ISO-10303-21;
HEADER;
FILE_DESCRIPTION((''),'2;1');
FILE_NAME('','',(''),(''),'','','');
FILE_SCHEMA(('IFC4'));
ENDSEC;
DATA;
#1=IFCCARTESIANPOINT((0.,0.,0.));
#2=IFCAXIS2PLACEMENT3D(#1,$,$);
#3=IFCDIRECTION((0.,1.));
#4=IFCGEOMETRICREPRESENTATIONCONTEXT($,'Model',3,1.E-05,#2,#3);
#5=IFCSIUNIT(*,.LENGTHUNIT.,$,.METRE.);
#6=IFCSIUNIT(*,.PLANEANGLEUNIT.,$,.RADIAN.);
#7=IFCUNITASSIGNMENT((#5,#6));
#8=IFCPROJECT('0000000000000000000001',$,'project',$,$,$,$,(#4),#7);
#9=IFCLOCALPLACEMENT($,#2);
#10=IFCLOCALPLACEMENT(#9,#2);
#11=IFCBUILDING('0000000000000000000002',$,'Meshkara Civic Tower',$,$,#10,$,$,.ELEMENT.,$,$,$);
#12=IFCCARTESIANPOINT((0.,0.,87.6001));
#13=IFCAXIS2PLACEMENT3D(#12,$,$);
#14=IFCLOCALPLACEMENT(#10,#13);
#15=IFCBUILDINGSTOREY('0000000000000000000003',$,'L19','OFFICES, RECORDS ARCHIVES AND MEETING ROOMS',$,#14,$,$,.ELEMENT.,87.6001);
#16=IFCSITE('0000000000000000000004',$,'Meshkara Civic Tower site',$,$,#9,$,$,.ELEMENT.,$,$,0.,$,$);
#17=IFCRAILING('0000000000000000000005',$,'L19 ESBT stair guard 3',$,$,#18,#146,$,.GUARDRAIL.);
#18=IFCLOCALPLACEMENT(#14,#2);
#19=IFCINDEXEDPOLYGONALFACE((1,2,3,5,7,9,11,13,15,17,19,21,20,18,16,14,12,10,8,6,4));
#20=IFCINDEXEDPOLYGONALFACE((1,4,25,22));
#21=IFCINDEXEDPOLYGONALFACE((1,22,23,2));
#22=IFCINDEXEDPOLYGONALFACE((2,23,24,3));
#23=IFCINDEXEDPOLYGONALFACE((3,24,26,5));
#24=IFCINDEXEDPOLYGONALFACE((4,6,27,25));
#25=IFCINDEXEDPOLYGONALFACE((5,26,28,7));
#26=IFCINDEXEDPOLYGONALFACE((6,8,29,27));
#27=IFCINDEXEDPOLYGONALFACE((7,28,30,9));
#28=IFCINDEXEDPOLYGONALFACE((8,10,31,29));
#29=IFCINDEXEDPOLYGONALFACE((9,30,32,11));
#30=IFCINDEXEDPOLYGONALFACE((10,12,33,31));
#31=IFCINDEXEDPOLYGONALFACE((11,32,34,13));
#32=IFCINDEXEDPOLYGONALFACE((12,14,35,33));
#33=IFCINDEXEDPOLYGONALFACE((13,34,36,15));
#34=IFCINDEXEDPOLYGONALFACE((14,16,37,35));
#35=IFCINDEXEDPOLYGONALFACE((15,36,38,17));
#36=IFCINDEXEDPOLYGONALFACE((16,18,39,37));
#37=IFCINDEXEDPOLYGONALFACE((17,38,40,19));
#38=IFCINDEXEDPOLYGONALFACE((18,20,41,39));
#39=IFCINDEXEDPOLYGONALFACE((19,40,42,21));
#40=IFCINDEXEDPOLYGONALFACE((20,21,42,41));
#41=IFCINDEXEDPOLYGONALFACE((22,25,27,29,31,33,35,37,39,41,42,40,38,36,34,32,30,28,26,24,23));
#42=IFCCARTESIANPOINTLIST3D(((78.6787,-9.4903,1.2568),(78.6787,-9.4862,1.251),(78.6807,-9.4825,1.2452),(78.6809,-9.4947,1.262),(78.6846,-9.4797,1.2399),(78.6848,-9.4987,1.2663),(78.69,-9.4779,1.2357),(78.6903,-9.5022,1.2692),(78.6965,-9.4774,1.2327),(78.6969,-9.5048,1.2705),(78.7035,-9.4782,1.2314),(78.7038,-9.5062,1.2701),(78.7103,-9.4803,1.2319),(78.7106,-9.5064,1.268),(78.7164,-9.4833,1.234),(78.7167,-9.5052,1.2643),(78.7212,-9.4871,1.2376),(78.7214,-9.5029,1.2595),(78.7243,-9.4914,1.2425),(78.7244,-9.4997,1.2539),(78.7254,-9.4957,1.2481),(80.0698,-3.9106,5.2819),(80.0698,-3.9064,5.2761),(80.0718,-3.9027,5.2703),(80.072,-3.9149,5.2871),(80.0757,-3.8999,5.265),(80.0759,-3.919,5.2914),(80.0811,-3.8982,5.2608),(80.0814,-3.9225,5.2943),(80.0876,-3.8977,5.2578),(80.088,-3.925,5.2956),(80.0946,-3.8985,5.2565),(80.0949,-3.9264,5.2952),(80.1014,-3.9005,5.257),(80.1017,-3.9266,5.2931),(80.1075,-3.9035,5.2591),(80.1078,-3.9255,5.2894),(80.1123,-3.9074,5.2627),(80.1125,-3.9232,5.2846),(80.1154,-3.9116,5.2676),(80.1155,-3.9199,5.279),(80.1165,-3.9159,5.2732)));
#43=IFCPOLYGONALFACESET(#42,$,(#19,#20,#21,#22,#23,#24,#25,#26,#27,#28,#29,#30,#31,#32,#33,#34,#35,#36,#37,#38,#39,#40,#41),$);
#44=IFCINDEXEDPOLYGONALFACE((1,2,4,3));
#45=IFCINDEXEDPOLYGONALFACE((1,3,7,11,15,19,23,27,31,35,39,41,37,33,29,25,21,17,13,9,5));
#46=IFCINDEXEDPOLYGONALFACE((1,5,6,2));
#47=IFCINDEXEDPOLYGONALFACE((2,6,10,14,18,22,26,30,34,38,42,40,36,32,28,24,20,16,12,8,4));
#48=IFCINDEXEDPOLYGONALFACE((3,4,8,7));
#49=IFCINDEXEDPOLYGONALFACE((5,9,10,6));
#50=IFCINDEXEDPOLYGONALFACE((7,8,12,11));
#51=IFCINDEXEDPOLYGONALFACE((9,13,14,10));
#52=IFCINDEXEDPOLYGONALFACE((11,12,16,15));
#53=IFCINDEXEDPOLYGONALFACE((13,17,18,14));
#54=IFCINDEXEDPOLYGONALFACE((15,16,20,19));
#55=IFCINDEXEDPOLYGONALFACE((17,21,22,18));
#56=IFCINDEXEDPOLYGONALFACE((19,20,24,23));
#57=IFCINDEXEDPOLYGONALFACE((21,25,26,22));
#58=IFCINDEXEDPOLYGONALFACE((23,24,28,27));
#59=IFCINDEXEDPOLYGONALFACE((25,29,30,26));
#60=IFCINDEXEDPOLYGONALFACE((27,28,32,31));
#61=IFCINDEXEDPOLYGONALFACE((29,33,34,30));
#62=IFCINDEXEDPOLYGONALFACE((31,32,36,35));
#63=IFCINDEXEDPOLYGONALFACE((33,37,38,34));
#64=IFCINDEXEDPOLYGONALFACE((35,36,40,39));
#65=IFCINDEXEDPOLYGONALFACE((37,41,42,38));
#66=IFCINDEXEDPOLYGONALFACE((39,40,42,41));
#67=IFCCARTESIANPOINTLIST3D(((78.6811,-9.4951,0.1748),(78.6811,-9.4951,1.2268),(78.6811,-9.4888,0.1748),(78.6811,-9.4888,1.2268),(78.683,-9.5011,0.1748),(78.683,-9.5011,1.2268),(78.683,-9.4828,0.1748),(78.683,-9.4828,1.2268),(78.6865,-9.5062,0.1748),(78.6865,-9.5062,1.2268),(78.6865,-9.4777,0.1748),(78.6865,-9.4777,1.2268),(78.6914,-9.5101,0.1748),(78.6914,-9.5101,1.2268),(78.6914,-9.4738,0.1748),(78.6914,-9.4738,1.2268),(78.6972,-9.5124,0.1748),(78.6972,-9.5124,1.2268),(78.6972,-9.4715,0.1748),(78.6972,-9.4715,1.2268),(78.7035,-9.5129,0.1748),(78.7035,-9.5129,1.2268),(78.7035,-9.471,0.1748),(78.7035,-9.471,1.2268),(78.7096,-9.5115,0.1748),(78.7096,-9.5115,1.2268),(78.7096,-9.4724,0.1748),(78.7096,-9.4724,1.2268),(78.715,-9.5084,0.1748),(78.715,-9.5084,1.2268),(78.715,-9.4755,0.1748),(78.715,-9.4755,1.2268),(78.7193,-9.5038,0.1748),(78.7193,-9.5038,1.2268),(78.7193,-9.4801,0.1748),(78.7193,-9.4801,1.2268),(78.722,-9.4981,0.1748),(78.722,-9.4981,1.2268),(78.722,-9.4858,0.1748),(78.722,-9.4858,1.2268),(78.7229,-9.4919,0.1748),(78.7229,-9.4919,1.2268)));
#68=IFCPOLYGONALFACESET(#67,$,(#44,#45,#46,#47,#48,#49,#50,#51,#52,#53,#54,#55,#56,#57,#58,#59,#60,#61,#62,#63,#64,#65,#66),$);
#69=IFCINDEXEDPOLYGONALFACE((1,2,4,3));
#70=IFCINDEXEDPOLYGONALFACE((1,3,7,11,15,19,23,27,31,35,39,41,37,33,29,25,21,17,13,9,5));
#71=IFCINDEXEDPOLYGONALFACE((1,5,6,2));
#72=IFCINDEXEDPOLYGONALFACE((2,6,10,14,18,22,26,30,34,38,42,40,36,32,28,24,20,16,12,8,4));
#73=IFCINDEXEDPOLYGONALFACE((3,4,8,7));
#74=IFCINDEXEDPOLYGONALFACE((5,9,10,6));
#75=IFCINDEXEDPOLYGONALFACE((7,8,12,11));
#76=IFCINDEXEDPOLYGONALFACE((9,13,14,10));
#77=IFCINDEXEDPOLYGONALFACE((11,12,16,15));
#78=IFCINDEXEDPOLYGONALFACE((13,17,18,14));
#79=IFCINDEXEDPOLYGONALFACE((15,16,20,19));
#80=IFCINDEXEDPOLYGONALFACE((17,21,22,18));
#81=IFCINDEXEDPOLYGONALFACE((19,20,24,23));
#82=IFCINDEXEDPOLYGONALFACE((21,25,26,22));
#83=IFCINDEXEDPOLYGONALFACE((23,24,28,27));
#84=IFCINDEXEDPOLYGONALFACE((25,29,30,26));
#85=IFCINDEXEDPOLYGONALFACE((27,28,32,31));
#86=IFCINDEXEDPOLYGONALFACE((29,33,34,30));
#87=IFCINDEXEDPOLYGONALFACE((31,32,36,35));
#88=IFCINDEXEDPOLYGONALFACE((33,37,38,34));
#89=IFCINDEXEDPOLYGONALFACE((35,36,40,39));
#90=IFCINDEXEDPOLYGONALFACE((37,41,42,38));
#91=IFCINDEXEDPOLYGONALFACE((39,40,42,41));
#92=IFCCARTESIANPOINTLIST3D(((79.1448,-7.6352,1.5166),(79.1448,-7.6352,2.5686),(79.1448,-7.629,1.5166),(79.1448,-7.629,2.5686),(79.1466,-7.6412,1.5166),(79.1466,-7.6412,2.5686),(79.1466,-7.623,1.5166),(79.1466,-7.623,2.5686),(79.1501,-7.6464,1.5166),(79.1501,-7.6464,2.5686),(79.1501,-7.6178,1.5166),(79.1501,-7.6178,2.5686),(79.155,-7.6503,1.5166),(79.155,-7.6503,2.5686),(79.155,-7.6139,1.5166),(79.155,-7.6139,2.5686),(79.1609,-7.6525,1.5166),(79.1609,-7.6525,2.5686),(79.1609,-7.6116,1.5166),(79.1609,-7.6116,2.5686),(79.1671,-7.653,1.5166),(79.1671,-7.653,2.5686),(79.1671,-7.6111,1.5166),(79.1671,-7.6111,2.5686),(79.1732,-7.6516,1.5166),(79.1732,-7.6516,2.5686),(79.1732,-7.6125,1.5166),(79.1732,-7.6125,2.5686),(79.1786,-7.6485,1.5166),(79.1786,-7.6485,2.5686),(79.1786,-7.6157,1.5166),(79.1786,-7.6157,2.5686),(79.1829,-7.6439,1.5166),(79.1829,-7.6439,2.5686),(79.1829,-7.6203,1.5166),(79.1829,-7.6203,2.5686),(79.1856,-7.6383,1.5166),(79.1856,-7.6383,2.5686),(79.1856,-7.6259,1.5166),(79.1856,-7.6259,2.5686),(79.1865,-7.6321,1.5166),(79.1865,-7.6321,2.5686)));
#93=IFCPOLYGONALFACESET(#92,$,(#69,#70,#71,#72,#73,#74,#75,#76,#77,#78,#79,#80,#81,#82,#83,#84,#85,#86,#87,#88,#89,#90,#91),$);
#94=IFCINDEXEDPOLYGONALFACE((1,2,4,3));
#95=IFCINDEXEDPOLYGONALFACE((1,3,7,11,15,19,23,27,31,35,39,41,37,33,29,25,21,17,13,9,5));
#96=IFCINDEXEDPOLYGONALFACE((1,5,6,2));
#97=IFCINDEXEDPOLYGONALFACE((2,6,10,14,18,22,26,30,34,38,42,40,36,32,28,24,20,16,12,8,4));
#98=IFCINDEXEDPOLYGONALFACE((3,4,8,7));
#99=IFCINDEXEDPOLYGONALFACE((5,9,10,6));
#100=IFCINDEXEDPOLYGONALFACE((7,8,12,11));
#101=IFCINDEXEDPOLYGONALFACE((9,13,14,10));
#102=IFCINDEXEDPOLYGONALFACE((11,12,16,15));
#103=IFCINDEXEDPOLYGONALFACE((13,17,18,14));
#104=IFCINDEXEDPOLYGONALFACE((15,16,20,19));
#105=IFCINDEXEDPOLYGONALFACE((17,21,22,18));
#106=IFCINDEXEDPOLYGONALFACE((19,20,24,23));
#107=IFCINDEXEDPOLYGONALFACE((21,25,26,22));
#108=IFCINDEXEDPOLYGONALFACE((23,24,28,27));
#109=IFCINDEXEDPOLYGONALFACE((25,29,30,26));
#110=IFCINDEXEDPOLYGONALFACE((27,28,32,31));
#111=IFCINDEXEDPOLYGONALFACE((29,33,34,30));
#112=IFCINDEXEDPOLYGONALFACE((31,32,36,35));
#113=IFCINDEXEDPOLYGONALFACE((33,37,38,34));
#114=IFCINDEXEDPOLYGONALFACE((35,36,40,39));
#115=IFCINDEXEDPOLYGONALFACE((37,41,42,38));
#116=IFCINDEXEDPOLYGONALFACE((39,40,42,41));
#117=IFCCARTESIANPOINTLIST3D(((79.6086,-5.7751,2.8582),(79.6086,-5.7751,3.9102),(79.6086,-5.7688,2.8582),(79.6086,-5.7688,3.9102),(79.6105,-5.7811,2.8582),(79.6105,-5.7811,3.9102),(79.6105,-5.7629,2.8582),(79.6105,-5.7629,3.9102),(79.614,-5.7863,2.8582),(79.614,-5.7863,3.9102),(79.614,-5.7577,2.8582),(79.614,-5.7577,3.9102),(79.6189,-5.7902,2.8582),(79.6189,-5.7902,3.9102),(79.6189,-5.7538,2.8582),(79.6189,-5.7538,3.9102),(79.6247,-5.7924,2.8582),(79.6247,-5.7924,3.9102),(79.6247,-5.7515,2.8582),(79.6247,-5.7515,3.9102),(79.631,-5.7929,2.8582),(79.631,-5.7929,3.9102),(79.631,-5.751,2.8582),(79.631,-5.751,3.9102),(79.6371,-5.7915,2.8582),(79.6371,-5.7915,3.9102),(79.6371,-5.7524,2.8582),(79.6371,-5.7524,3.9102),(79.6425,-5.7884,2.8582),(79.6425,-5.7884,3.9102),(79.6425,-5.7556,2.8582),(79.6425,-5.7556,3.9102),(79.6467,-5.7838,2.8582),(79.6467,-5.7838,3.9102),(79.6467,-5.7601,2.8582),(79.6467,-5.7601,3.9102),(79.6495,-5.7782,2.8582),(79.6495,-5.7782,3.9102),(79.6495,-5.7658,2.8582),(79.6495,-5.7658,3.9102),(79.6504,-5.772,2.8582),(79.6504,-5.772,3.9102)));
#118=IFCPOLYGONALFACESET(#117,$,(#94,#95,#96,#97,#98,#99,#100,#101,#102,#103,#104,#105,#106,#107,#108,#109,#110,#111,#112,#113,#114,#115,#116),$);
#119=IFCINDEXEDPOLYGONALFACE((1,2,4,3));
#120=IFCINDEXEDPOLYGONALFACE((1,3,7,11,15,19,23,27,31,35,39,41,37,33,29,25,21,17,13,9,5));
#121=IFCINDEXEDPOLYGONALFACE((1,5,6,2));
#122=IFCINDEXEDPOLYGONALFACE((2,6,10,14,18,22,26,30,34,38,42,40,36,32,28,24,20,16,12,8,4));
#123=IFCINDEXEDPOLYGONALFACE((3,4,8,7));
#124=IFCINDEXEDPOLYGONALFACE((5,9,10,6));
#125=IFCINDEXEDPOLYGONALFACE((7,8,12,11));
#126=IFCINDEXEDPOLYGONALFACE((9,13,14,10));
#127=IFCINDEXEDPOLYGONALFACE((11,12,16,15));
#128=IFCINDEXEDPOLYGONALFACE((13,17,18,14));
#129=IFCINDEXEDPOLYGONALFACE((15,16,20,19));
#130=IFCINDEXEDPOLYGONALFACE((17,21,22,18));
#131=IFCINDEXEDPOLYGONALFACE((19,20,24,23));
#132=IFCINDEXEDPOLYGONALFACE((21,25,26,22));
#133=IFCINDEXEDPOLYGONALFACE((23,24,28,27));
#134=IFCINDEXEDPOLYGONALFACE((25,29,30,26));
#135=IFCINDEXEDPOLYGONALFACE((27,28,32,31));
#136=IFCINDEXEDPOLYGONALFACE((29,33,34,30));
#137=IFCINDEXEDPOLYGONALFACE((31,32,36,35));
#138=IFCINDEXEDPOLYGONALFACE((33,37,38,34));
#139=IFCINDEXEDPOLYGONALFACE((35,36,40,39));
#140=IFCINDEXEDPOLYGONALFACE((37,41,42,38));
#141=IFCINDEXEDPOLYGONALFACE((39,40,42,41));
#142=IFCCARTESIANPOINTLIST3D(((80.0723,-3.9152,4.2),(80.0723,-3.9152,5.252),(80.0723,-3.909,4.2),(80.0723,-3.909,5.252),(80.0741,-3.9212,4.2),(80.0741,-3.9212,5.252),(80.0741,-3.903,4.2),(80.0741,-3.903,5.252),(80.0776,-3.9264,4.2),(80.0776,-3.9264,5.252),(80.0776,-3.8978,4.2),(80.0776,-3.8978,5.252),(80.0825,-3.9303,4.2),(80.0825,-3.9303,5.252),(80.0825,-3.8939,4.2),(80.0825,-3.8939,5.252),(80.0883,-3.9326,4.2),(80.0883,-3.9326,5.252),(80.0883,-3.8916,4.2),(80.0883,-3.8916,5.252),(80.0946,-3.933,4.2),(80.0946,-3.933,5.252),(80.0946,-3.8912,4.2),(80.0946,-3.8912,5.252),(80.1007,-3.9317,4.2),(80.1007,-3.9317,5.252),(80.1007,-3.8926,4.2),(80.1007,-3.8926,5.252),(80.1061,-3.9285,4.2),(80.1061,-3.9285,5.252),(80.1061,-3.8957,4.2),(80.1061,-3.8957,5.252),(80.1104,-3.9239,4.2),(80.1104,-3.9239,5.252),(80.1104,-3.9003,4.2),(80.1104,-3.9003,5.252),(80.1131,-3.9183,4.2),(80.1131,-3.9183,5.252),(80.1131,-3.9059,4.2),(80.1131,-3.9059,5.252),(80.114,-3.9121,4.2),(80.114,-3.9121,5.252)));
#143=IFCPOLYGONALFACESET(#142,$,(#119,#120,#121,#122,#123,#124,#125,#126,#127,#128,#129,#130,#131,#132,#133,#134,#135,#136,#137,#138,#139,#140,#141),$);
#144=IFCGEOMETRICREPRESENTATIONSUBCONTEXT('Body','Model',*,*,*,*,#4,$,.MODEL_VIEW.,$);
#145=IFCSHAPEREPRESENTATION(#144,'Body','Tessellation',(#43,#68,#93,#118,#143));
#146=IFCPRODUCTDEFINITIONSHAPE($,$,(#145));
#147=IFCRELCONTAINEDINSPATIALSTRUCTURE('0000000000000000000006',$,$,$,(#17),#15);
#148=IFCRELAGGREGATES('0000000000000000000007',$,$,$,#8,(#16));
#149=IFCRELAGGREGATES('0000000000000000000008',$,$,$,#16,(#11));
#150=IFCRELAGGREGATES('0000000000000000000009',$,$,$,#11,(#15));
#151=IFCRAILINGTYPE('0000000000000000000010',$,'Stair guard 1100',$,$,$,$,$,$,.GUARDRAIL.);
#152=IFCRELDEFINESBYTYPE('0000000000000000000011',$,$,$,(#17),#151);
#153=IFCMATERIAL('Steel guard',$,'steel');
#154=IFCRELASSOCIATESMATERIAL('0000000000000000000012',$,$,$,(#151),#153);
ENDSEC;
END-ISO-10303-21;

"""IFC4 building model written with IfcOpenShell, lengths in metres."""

from ifc_helpers import new_model, si_unit, direction, frame, origin, origin_2d, place, context, subcontext, project, spatial, circle, extrude, material, type_object, element, save


model = new_model("IFC4")

# Units and contexts
model_context = context("Model", 3, precision=1e-05, world=origin(), true_north=direction((0.0, 1.0)))
body_context = subcontext(model_context, "Body", "Model", "MODEL_VIEW")
ifc_project = project(units=[si_unit("LENGTHUNIT", "METRE"), si_unit("PLANEANGLEUNIT", "RADIAN")], contexts=[model_context])

# Site, building, storey
site_placement = place(None, origin())
site = spatial("IfcSite", under=ifc_project, at=site_placement, Name="Meshkara Civic Tower site", CompositionType="ELEMENT", RefElevation=0.0)
building_placement = place(site_placement, origin())
building = spatial("IfcBuilding", under=site, at=building_placement, Name="Meshkara Civic Tower", CompositionType="ELEMENT")
storey_placement = place(building_placement, frame((0.0, 0.0, 87.6001)))
storey = spatial("IfcBuildingStorey", under=building, at=storey_placement, Name="L19", Description="OFFICES, RECORDS ARCHIVES AND MEETING ROOMS", CompositionType="ELEMENT", Elevation=87.6001)

# Railing
ifc_material_1 = material(Name="Steel guard", Category="steel")
railing_type = type_object("IfcRailingType", Name="Stair guard 1100", PredefinedType="GUARDRAIL", material=ifc_material_1)
railing_placement = place(storey_placement, frame((78.7019, -9.4919, 0.1748)))
element("IfcRailing", 1, at=railing_placement, inside=storey, type_object=railing_type, Name="L19 ESBT stair guard 3", PredefinedType="GUARDRAIL", context=body_context, shape_type="SweptSolid", body=[
    extrude(circle(Radius=0.0239, at=origin_2d()), frame((0.0, 0.0, 1.0762), z_axis=(0.198182, 0.79492, 0.573434), x_axis=(-0.9703, 0.241906, 0.0)), (0.0, 0.0, 1.0), 7.0193),
    extrude(circle(Radius=0.021, at=origin_2d()), origin(), (0.0, 0.0, 1.0), 1.052),
    extrude(circle(Radius=0.021, at=origin_2d()), frame((0.4636, 1.8599, 1.3418)), (0.0, 0.0, 1.0), 1.052),
    extrude(circle(Radius=0.021, at=origin_2d()), frame((0.9275, 3.72, 2.6833)), (0.0, 0.0, 1.0), 1.052),
    extrude(circle(Radius=0.021, at=origin_2d()), frame((1.3911, 5.5798, 4.0251)), (0.0, 0.0, 1.0), 1.052),
])

save(model, "model.ifc")
